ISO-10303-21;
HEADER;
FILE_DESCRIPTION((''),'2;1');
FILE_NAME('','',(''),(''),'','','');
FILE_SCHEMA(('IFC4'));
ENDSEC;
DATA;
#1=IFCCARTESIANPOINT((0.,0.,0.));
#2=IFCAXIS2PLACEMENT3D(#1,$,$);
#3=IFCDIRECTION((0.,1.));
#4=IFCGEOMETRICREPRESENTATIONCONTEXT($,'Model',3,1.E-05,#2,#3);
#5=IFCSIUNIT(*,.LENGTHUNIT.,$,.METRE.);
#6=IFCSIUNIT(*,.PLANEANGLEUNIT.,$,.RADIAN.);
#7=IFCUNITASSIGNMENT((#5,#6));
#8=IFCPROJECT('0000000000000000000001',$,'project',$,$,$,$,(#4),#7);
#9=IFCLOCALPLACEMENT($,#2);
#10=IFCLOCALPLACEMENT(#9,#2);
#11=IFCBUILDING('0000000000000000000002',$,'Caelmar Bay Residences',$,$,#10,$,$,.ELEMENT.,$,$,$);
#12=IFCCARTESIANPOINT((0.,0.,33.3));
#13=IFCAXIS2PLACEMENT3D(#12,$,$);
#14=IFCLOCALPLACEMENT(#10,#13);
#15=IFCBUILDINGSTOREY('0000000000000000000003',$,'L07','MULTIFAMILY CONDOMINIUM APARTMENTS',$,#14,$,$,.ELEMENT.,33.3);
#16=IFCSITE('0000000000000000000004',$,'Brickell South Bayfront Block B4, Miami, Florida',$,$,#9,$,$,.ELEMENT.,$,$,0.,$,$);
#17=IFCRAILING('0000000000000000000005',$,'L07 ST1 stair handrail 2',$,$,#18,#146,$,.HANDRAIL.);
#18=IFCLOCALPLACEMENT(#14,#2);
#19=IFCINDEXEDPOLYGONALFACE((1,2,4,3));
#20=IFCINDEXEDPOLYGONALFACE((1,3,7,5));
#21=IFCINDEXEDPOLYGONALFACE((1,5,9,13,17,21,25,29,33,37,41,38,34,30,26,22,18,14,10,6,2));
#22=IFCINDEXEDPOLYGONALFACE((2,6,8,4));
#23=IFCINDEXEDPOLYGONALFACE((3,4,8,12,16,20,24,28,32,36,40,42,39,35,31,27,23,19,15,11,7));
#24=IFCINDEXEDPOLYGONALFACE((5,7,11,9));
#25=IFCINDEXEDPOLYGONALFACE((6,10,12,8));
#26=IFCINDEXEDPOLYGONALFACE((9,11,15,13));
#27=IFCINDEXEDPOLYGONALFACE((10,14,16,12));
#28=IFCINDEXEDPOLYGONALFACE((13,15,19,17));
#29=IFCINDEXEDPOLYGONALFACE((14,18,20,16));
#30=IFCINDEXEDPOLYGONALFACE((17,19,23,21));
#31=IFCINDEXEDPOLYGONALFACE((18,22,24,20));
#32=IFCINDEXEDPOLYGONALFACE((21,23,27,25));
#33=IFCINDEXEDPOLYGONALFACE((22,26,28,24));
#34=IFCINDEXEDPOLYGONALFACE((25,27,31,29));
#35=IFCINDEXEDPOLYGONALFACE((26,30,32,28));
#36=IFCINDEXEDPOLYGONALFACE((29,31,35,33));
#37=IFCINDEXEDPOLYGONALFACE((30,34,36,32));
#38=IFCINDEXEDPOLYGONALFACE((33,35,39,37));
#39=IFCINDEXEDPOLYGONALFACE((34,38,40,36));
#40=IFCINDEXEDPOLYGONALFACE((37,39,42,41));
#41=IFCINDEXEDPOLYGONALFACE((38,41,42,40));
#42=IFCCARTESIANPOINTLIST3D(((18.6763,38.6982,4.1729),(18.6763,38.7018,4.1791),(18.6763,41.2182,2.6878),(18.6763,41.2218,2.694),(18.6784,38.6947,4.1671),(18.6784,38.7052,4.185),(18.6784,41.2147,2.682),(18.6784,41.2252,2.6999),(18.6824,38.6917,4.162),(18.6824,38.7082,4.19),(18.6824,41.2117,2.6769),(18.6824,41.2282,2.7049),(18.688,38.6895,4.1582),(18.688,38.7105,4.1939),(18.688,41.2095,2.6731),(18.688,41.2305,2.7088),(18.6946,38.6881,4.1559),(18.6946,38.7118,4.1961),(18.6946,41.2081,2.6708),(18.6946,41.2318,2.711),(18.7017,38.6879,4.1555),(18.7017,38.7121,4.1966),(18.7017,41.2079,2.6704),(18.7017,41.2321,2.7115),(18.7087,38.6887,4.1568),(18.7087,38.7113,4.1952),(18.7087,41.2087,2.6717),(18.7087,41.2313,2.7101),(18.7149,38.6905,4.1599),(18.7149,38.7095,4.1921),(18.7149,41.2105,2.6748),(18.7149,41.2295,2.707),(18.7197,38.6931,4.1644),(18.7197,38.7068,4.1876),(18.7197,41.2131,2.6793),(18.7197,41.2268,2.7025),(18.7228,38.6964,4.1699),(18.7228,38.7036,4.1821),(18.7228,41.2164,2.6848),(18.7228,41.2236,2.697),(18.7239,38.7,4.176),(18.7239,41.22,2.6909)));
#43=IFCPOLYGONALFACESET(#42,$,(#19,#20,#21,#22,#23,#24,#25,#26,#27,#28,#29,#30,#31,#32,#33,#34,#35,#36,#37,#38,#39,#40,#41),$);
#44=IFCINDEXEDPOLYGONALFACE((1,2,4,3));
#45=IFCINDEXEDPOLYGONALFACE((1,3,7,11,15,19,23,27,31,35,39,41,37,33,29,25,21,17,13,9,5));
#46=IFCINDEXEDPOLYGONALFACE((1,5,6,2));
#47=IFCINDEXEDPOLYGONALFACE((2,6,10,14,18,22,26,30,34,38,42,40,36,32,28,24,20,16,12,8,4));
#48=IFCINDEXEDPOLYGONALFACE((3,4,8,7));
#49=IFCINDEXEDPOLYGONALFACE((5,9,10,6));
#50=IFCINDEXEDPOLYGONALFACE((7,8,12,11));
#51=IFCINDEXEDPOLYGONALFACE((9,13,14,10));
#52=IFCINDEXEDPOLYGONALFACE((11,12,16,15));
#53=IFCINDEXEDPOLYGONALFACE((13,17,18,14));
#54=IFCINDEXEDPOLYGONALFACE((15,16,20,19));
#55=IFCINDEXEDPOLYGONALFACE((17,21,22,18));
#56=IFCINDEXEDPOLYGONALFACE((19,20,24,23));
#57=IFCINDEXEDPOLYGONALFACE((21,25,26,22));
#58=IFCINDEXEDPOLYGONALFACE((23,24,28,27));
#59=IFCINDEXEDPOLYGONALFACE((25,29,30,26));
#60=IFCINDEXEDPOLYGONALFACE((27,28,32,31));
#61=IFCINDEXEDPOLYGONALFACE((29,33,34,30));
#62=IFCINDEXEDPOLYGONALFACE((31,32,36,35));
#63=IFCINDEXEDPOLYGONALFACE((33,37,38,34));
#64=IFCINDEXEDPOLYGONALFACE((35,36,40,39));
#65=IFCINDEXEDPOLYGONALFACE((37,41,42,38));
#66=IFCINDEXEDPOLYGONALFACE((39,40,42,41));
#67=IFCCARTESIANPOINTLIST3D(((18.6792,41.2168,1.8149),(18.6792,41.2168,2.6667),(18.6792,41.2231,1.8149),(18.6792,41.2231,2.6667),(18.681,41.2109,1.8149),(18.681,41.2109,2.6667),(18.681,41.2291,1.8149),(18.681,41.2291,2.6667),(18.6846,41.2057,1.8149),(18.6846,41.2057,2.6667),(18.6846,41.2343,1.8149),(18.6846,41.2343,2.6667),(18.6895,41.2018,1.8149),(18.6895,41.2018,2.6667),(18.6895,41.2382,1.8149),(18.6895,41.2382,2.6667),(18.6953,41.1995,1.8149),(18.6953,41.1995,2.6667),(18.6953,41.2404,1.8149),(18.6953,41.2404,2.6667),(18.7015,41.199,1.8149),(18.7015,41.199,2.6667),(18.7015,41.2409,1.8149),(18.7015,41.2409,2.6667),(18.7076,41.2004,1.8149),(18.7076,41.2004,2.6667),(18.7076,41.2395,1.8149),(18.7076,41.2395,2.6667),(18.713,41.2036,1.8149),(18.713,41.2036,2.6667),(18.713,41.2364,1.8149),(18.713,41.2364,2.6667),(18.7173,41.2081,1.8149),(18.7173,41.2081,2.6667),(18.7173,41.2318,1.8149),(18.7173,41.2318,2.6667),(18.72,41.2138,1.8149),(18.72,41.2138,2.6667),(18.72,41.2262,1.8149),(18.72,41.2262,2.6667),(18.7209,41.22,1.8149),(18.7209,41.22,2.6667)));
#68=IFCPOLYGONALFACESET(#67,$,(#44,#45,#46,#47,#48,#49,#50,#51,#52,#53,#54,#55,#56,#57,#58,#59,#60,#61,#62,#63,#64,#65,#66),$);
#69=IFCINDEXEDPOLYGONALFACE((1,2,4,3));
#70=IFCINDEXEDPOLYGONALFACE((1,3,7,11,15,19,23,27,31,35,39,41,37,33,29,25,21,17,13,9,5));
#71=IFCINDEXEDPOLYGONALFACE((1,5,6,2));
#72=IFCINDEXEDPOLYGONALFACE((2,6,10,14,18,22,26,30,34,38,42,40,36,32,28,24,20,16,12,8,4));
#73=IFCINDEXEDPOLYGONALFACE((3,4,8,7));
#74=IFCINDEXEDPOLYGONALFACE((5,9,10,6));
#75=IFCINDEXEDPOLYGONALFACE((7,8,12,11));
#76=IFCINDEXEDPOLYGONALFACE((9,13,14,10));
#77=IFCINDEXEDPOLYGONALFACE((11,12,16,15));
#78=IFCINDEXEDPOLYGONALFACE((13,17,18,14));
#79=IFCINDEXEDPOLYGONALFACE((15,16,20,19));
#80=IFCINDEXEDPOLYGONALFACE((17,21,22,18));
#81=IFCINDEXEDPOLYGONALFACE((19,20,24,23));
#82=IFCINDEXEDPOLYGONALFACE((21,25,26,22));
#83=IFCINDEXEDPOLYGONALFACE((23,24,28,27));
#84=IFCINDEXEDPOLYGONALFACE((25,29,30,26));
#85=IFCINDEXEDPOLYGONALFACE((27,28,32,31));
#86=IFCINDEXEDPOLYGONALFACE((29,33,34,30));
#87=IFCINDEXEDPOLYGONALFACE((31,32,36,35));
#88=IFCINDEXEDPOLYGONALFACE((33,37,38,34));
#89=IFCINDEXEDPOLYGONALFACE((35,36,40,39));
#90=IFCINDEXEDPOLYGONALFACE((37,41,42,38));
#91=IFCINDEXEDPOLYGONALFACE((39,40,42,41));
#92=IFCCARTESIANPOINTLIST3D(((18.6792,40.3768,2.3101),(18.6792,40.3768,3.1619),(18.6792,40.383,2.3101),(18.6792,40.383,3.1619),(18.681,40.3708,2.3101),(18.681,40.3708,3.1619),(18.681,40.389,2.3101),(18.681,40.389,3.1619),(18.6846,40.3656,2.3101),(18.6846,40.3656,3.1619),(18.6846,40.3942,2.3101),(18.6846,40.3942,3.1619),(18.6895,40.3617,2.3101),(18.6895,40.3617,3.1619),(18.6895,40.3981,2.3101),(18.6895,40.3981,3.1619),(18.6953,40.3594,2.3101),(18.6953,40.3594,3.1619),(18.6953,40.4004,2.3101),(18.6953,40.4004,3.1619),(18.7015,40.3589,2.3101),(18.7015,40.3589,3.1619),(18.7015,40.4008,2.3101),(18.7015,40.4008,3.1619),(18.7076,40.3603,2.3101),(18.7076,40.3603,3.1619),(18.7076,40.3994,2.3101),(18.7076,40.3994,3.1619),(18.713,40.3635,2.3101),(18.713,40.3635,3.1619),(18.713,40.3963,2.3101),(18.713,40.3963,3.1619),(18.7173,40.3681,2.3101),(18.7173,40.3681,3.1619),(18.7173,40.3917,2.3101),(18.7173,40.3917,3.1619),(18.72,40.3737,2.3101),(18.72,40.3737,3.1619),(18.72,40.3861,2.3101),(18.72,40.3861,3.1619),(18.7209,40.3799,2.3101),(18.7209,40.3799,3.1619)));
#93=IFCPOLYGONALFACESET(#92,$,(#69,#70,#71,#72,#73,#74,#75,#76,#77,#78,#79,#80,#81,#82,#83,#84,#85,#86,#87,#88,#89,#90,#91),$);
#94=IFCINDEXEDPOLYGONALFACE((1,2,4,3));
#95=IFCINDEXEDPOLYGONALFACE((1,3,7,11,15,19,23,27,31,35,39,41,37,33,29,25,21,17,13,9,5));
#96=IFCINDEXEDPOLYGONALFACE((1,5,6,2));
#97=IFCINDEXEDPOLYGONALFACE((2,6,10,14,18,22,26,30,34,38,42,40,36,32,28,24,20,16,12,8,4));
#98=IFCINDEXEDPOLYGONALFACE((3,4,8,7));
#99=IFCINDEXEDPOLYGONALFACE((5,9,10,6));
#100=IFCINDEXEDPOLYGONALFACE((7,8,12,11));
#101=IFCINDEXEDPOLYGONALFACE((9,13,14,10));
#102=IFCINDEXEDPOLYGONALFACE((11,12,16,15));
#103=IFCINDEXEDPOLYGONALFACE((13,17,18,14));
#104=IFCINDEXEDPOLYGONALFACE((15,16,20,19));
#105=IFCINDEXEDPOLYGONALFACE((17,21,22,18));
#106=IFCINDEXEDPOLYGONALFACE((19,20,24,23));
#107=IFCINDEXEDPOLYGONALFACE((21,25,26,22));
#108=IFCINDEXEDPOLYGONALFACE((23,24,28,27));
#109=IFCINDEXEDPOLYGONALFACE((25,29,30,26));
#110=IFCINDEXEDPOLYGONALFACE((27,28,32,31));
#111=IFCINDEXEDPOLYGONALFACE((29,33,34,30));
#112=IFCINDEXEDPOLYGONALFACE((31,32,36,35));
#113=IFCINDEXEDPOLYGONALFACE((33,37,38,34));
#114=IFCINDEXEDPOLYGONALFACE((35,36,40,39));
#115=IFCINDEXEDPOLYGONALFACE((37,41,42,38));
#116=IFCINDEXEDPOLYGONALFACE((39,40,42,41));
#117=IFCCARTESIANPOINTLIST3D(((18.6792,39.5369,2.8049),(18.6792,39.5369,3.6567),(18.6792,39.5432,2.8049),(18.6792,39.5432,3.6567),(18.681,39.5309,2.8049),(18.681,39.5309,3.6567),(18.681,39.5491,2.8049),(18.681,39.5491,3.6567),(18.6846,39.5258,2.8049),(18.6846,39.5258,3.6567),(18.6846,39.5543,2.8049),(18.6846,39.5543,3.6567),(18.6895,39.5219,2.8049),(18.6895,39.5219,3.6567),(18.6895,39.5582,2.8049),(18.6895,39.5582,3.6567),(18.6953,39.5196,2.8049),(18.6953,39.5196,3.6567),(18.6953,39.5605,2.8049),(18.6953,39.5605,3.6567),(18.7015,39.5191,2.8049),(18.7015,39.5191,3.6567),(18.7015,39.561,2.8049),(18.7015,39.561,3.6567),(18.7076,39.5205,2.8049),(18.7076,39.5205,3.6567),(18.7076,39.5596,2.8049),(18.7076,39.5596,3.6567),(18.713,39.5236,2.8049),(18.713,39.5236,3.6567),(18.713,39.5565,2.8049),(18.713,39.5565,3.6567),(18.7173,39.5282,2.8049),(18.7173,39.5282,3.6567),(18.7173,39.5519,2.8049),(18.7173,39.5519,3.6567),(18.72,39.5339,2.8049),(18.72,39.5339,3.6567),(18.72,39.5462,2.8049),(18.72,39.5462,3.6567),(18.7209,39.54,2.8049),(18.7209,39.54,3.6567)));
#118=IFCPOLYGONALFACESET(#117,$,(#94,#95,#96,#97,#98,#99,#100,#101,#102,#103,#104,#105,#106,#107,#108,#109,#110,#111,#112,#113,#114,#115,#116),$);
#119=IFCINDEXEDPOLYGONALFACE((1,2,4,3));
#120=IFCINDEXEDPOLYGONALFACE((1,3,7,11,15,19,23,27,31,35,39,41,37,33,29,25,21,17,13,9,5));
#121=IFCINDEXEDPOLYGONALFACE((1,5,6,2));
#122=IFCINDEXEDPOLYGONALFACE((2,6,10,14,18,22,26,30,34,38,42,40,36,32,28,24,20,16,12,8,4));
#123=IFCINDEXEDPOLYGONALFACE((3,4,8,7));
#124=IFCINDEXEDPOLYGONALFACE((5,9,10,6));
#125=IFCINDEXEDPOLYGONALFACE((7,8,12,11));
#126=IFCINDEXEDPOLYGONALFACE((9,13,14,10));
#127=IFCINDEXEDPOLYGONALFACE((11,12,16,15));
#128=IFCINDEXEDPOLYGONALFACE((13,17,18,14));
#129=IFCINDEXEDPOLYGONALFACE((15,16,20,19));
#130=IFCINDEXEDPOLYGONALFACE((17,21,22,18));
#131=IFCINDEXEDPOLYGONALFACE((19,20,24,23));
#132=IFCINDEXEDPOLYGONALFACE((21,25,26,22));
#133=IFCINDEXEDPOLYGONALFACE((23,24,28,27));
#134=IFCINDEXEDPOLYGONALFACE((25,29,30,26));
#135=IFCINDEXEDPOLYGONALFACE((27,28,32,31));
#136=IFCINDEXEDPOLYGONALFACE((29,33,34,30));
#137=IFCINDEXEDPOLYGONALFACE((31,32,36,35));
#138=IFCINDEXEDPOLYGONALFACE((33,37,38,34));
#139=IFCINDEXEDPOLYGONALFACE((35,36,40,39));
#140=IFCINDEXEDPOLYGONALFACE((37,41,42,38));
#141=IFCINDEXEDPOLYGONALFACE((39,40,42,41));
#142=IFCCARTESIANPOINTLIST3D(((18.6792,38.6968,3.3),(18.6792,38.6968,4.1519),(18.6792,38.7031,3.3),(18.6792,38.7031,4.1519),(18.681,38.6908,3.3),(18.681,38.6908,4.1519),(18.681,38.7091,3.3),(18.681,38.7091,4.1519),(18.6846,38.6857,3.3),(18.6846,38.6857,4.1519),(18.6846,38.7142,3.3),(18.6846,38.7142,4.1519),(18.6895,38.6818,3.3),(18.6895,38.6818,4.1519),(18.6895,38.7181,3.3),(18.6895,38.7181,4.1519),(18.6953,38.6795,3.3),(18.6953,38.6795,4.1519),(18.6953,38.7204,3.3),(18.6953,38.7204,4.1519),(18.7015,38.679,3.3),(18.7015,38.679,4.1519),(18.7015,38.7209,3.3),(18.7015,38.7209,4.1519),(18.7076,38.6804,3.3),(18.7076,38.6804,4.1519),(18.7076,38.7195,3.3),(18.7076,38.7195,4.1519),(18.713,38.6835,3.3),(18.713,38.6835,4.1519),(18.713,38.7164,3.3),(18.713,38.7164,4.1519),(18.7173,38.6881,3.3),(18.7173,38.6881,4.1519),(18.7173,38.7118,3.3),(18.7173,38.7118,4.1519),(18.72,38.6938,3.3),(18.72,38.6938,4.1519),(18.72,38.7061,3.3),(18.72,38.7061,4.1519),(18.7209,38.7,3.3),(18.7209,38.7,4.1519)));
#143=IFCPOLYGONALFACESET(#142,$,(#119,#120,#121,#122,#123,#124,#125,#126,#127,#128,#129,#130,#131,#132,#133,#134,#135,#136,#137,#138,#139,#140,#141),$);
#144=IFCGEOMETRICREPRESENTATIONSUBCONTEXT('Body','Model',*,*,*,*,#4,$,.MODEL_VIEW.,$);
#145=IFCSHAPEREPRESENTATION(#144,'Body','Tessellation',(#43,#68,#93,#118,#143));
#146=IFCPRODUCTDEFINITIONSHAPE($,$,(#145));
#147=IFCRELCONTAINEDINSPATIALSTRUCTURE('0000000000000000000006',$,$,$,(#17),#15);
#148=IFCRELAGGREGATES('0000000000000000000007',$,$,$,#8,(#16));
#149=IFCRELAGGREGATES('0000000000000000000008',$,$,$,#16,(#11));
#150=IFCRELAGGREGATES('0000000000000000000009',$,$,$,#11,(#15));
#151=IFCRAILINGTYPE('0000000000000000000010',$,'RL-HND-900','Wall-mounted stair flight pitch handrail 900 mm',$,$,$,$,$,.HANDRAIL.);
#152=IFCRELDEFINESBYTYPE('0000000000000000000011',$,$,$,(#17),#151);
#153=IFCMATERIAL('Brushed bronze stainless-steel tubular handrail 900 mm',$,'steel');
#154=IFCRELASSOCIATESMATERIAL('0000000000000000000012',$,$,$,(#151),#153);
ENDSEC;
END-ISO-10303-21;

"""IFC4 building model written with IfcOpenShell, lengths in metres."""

from ifc_helpers import new_model, si_unit, direction, frame, origin, origin_2d, place, context, subcontext, project, spatial, circle, extrude, material, type_object, element, save


model = new_model("IFC4")

# Units and contexts
model_context = context("Model", 3, precision=1e-05, world=origin(), true_north=direction((0.0, 1.0)))
body_context = subcontext(model_context, "Body", "Model", "MODEL_VIEW")
ifc_project = project(units=[si_unit("LENGTHUNIT", "METRE"), si_unit("PLANEANGLEUNIT", "RADIAN")], contexts=[model_context])

# Site, building, storey
site_placement = place(None, origin())
site = spatial("IfcSite", under=ifc_project, at=site_placement, Name="Brickell South Bayfront Block B4, Miami, Florida", CompositionType="ELEMENT", RefElevation=0.0)
building_placement = place(site_placement, origin())
building = spatial("IfcBuilding", under=site, at=building_placement, Name="Caelmar Bay Residences", CompositionType="ELEMENT")
storey_placement = place(building_placement, frame((0.0, 0.0, 33.3)))
storey = spatial("IfcBuildingStorey", under=building, at=storey_placement, Name="L07", Description="MULTIFAMILY CONDOMINIUM APARTMENTS", CompositionType="ELEMENT", Elevation=33.3)

# Railing
ifc_material_1 = material(Name="Brushed bronze stainless-steel tubular handrail 900 mm", Category="steel")
railing_type_1 = type_object("IfcRailingType", Name="RL-HND-900", Description="Wall-mounted stair flight pitch handrail 900 mm", PredefinedType="HANDRAIL", material=ifc_material_1)
railing_1_placement = place(storey_placement, frame((18.7, 41.22, 1.8149)))
element("IfcRailing", 1, at=railing_1_placement, inside=storey, type_object=railing_type_1, Name="L07 ST1 stair handrail 2", PredefinedType="HANDRAIL", context=body_context, shape_type="SweptSolid", body=[
    extrude(circle(Radius=0.0239, at=origin_2d()), frame((0.0, 0.0, 0.876), z_axis=(0.0, -0.861524, 0.507717), x_axis=(1.0, 0.0, 0.0)), (0.0, 0.0, 1.0), 2.925),
    extrude(circle(Radius=0.021, at=origin_2d()), origin(), (0.0, 0.0, 1.0), 0.8518),
    extrude(circle(Radius=0.021, at=origin_2d()), frame((0.0, -0.8401, 0.4951)), (0.0, 0.0, 1.0), 0.8518),
    extrude(circle(Radius=0.021, at=origin_2d()), frame((0.0, -1.6799, 0.99)), (0.0, 0.0, 1.0), 0.8518),
    extrude(circle(Radius=0.021, at=origin_2d()), frame((0.0, -2.52, 1.4851)), (0.0, 0.0, 1.0), 0.8518),
])

save(model, "model.ifc")
